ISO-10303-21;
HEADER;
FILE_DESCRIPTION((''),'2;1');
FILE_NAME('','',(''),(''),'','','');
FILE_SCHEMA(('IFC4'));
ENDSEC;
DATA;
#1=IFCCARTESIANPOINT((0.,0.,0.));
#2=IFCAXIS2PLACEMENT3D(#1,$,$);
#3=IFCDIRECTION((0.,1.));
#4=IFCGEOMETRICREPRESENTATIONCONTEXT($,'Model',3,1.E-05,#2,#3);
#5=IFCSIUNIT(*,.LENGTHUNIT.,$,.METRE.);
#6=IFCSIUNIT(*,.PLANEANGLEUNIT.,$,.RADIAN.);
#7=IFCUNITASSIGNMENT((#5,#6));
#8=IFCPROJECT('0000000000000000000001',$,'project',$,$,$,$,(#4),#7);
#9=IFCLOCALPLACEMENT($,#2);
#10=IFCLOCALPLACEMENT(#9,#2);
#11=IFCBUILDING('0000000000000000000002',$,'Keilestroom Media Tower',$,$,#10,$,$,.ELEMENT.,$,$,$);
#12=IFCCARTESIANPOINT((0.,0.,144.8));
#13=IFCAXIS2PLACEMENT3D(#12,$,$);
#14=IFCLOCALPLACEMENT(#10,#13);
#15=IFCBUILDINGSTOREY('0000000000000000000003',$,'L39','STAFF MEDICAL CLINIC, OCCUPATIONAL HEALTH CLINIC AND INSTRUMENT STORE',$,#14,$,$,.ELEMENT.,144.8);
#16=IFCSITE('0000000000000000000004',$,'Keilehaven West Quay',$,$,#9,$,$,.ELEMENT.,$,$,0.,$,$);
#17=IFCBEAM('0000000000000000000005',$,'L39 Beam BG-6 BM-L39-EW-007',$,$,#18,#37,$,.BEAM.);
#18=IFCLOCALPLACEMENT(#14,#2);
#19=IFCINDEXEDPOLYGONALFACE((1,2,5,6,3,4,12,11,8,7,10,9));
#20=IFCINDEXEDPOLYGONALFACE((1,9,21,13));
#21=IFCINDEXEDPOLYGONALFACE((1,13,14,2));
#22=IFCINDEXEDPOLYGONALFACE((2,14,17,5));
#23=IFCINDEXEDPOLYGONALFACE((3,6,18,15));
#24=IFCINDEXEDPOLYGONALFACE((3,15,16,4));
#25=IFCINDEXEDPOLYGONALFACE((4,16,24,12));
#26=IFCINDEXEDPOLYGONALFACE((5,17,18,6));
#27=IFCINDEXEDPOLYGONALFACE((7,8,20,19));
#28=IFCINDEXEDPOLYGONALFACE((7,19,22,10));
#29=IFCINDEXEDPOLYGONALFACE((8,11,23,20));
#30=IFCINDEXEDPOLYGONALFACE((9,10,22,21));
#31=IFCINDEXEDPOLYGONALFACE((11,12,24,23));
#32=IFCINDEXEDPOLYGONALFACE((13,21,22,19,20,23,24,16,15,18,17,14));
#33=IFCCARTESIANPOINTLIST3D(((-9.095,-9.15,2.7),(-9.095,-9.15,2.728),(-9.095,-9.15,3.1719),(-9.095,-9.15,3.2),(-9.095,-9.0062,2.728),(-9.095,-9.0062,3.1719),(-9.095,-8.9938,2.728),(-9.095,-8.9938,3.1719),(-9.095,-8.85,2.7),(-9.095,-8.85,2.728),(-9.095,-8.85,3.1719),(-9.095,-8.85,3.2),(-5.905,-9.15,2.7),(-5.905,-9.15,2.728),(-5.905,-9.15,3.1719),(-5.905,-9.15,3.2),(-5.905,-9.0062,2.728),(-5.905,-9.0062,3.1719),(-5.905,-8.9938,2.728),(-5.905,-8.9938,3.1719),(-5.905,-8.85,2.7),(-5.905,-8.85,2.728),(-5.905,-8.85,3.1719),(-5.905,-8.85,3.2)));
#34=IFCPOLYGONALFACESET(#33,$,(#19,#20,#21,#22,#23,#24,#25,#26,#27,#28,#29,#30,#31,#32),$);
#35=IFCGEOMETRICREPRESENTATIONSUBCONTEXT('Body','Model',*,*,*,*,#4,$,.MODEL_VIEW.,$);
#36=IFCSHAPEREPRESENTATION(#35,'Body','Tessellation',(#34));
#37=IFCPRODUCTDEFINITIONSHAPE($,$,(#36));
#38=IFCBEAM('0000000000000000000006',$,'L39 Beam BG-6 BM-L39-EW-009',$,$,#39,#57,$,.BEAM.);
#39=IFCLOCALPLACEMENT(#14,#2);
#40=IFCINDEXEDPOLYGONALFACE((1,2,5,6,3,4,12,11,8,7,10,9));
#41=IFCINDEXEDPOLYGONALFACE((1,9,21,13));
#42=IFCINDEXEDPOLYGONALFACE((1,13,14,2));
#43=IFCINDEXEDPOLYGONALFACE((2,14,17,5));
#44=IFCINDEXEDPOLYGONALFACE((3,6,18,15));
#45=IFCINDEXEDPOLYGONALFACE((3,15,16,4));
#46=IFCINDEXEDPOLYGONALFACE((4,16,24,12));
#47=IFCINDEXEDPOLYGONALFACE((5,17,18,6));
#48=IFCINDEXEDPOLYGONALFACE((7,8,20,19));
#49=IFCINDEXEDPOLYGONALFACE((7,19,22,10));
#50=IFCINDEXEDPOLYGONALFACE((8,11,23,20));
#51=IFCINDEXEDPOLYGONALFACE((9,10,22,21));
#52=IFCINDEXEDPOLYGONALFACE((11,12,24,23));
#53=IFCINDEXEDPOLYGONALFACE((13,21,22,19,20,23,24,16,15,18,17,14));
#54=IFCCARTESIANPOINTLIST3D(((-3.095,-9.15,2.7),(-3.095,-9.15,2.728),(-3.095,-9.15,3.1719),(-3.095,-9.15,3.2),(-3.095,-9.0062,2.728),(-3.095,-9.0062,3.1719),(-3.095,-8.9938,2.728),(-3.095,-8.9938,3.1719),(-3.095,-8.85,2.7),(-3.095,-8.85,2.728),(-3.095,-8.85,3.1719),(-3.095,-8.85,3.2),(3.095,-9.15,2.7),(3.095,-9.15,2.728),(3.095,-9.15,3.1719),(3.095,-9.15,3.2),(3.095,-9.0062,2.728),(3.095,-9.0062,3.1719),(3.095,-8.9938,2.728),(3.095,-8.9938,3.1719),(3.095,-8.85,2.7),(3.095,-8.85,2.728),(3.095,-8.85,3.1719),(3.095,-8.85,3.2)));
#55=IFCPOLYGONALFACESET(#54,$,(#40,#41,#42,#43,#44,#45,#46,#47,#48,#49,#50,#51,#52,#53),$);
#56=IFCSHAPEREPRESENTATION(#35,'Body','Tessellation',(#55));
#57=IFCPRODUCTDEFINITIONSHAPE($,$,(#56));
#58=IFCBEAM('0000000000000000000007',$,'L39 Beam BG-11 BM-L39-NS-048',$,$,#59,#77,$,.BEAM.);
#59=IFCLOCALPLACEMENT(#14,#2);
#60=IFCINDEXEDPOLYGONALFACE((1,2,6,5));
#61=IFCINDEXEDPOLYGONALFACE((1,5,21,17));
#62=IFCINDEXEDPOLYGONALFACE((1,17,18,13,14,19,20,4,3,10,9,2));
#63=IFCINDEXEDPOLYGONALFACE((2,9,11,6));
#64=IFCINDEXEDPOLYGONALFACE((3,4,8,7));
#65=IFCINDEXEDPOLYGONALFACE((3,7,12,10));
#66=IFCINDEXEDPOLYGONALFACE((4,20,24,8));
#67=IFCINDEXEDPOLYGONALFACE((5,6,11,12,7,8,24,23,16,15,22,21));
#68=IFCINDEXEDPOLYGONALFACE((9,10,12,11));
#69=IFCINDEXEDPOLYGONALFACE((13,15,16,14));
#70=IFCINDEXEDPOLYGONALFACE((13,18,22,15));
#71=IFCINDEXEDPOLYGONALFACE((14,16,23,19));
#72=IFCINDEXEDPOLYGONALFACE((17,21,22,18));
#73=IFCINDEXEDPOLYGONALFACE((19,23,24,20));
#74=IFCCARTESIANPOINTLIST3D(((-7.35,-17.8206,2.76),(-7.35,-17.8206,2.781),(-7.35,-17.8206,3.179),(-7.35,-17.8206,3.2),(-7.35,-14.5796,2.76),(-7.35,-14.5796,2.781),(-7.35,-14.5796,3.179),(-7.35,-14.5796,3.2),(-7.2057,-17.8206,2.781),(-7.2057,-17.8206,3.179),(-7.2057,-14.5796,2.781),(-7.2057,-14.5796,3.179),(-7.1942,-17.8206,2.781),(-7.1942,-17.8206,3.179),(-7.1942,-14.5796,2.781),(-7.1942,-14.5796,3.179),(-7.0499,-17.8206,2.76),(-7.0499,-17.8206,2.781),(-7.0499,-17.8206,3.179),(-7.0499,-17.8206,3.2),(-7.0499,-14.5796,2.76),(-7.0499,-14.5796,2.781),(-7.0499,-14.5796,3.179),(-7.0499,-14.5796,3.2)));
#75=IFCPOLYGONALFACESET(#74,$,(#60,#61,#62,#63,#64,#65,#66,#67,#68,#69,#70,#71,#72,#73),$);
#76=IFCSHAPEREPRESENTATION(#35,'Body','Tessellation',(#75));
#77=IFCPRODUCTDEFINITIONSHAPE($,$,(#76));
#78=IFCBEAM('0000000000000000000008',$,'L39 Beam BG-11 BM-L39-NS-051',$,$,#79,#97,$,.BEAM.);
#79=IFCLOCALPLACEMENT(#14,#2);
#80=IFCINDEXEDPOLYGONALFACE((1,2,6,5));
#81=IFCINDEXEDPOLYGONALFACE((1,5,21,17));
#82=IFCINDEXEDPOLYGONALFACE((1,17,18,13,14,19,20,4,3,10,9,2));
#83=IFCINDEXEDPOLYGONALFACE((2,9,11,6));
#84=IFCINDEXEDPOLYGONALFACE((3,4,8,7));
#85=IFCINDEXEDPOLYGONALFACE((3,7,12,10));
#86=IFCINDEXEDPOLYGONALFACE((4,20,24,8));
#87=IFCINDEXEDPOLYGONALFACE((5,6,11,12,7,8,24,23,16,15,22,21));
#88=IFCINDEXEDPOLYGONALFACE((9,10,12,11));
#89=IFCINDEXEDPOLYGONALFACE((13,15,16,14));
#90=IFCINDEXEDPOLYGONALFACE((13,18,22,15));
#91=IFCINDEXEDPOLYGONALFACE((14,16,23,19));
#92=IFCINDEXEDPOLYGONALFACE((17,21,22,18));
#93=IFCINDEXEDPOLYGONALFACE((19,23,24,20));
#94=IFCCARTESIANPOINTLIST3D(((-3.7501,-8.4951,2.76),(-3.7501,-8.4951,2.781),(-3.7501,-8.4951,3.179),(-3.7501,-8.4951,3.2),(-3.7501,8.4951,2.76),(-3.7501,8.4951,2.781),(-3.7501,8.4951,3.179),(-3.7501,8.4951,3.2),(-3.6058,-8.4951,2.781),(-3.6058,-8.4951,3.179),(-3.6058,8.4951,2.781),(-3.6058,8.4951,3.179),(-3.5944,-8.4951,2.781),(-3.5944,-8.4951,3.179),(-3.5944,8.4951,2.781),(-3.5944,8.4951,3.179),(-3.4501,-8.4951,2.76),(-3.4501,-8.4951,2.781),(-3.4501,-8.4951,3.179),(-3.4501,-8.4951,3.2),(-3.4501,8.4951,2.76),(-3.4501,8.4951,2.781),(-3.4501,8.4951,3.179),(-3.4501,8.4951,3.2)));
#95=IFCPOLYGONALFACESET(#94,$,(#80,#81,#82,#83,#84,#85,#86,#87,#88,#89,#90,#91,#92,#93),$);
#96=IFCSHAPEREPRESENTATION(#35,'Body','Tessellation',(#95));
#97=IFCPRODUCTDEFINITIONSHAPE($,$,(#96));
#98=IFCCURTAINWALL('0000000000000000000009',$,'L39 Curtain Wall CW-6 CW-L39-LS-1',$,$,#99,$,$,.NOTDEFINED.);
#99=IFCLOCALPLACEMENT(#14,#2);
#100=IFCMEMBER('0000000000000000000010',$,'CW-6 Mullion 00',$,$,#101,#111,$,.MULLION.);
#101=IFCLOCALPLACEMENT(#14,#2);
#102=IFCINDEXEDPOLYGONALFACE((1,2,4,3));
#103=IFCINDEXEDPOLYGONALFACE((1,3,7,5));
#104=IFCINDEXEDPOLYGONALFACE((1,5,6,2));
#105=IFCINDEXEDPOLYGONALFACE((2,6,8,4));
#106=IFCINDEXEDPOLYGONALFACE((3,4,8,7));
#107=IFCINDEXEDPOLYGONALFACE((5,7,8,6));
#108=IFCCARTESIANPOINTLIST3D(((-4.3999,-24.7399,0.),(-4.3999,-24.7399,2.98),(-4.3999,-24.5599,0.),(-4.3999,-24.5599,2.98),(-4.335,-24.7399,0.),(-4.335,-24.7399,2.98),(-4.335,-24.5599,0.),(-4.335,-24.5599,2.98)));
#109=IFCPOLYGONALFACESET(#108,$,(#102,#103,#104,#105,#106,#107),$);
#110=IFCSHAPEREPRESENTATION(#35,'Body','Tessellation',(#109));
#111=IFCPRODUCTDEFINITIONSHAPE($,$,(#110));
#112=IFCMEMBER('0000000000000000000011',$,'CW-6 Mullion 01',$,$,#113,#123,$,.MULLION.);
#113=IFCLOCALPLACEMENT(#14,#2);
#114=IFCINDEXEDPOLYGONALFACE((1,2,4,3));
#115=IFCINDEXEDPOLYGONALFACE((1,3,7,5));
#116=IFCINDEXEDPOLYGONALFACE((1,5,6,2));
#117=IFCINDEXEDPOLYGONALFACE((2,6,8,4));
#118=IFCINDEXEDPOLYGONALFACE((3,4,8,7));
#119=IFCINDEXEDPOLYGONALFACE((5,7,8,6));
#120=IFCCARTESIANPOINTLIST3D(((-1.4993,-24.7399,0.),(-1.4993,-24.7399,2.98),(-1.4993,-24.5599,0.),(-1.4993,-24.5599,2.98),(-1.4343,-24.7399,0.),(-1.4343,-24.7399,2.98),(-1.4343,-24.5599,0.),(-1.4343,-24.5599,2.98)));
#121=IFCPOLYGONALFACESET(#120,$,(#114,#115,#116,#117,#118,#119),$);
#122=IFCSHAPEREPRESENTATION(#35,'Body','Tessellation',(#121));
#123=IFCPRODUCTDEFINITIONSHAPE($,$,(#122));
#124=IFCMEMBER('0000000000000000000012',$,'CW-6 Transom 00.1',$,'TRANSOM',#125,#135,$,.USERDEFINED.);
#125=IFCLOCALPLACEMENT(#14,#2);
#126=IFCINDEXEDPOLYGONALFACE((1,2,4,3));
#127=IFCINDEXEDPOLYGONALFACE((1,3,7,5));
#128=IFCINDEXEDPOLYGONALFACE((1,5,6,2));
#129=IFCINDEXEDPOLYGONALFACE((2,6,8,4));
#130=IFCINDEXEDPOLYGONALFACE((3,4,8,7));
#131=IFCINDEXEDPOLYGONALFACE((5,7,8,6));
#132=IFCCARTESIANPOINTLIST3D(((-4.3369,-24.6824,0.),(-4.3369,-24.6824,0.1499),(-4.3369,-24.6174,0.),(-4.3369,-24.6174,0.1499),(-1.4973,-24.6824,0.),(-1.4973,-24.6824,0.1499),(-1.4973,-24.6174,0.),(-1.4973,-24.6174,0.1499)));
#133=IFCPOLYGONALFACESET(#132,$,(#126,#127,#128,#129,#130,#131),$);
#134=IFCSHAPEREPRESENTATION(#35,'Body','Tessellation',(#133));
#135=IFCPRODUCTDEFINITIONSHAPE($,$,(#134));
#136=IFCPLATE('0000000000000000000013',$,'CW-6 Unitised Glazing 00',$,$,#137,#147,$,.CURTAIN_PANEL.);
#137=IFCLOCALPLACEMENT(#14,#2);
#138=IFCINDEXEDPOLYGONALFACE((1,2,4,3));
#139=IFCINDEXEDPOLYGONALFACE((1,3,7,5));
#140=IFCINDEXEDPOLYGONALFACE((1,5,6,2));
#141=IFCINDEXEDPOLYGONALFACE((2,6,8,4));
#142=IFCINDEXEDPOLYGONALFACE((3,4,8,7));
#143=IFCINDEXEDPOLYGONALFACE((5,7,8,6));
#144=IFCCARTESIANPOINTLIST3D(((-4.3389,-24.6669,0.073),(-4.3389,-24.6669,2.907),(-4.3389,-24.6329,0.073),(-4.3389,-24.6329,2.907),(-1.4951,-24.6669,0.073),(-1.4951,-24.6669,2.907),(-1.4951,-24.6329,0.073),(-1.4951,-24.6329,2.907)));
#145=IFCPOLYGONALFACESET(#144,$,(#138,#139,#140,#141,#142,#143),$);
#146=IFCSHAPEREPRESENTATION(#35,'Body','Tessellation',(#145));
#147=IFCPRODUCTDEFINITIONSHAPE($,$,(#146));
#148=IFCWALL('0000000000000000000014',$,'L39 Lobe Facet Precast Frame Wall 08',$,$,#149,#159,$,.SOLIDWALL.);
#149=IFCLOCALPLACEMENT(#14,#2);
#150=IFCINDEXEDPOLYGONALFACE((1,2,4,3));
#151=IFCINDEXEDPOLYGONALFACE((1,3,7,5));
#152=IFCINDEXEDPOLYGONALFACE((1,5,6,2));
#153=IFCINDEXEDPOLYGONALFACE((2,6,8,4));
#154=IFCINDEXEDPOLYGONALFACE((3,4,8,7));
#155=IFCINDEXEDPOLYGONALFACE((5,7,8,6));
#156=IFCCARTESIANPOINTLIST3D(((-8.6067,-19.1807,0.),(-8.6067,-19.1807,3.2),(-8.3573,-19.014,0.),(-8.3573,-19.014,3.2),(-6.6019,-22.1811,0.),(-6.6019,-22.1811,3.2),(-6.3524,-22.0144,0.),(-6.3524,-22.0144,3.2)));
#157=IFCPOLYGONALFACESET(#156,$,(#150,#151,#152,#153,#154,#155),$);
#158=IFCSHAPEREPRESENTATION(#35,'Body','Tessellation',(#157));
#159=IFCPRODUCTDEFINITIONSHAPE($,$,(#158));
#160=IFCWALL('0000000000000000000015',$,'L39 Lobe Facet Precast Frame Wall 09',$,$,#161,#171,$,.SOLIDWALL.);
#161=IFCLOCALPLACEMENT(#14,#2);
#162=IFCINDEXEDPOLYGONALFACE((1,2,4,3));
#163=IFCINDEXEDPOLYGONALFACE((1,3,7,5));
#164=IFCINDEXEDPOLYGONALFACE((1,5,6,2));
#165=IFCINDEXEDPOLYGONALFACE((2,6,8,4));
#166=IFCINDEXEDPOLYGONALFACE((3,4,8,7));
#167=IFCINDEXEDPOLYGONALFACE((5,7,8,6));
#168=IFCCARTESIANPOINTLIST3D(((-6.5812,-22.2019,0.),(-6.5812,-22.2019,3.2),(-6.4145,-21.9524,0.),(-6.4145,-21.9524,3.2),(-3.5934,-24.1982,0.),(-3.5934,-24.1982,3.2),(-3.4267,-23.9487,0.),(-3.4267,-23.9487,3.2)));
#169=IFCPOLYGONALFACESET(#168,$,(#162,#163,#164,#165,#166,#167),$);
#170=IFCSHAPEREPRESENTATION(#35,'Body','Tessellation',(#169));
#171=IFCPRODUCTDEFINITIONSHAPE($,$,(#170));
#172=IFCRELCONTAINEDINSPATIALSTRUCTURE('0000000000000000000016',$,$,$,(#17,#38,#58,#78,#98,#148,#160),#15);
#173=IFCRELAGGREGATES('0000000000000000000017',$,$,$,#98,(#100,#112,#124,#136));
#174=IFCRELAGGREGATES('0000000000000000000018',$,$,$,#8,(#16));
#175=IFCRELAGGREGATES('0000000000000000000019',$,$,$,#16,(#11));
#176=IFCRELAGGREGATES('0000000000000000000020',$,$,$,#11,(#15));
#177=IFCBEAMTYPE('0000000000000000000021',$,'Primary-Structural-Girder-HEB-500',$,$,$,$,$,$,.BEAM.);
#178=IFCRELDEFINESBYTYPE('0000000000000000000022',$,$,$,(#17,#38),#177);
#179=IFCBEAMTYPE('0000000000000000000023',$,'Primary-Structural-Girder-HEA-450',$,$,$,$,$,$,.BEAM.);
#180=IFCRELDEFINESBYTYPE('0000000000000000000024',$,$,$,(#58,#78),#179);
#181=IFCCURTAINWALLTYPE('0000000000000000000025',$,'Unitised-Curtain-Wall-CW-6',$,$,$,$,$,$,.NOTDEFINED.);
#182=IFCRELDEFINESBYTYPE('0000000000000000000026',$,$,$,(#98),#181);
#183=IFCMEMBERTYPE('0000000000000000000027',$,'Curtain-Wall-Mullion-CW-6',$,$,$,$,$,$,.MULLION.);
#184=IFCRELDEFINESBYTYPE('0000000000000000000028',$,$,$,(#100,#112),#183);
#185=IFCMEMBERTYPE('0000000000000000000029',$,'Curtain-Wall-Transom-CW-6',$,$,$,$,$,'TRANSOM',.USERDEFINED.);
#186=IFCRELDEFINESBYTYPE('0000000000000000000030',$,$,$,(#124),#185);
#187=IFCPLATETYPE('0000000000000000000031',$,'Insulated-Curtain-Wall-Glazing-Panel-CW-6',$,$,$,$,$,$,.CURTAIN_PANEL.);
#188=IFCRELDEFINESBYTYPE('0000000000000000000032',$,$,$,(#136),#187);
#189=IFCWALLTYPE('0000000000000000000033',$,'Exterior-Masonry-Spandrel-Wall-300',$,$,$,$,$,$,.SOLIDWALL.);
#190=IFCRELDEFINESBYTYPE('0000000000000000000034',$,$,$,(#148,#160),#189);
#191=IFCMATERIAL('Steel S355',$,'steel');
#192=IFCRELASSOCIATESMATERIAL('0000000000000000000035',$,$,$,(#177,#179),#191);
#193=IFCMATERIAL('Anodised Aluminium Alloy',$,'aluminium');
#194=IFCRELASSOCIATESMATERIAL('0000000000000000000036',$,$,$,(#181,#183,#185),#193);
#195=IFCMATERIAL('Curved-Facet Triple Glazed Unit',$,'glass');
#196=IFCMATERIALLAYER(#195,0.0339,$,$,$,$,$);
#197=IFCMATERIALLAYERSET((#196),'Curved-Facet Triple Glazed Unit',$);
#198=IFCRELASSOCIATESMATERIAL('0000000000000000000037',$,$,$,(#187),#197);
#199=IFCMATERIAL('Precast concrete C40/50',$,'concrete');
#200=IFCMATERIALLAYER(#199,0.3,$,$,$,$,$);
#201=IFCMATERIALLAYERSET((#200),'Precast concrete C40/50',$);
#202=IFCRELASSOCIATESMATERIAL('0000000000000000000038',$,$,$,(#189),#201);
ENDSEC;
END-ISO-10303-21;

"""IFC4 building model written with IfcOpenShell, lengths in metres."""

from ifc_helpers import new_model, si_unit, direction, frame, frame_2d, origin, origin_2d, place, context, subcontext, project, spatial, rectangle, i_section, extrude, source, transform, mapped, material, layer, layer_set, material_profile, profile_set, type_object, element, aggregate, save


model = new_model("IFC4")

# Units and contexts
model_context = context("Model", 3, precision=1e-05, world=origin(), true_north=direction((0.0, 1.0)))
body_context = subcontext(model_context, "Body", "Model", "MODEL_VIEW")
ifc_project = project(units=[si_unit("LENGTHUNIT", "METRE"), si_unit("PLANEANGLEUNIT", "RADIAN")], contexts=[model_context])

# Site, building, storey
site_placement = place(None, origin())
site = spatial("IfcSite", under=ifc_project, at=site_placement, Name="Keilehaven West Quay", CompositionType="ELEMENT", RefElevation=0.0)
building_placement = place(site_placement, origin())
building = spatial("IfcBuilding", under=site, at=building_placement, Name="Keilestroom Media Tower", CompositionType="ELEMENT")
storey_placement = place(building_placement, frame((0.0, 0.0, 144.8)))
storey = spatial("IfcBuildingStorey", under=building, at=storey_placement, Name="L39", Description="STAFF MEDICAL CLINIC, OCCUPATIONAL HEALTH CLINIC AND INSTRUMENT STORE", CompositionType="ELEMENT", Elevation=144.8)

# Shared definitions
ifc_material_1 = material(Name="Steel S355", Category="steel")

# Beams
ifc_material_profile_1 = material_profile(ifc_material_1, i_section(OverallWidth=0.3, OverallDepth=0.5, WebThickness=0.0125, FlangeThickness=0.0281, at=origin_2d()), Name="HEB 500")
ifc_profile_set_1 = profile_set([ifc_material_profile_1], Name="Steel S355")
beam_type_1 = type_object("IfcBeamType", Name="Primary-Structural-Girder-HEB-500", PredefinedType="BEAM", material=ifc_profile_set_1)
shared_shape_1 = source(origin(), body_context, "Body", "SweptSolid", [
    extrude(i_section(OverallWidth=0.3, OverallDepth=0.5, WebThickness=0.0125, FlangeThickness=0.0281, at=origin_2d()), origin(), (0.0, 0.0, 1.0), 3.1899),
])
beam_1_placement = place(storey_placement, frame((-9.095, -9.0, 2.95), z_axis=(1.0, 0.0, 0.0), x_axis=(0.0, 1.0, 0.0)))
element("IfcBeam", 1, at=beam_1_placement, inside=storey, type_object=beam_type_1, Name="L39 Beam BG-6 BM-L39-EW-007", PredefinedType="BEAM", context=body_context, shape_type="MappedRepresentation", body=[
    mapped(shared_shape_1, transform((0.0, 0.0, 0.0), x_axis=(1.0, 0.0, 0.0), y_axis=(0.0, 1.0, 0.0), z_axis=(0.0, 0.0, 1.0), scale=1.0)),
])
shared_shape_2 = source(origin(), body_context, "Body", "SweptSolid", [
    extrude(i_section(OverallWidth=0.3, OverallDepth=0.5, WebThickness=0.0125, FlangeThickness=0.0281, at=origin_2d()), origin(), (0.0, 0.0, 1.0), 6.1899),
])
beam_2_placement = place(storey_placement, frame((-3.095, -9.0, 2.95), z_axis=(1.0, 0.0, 0.0), x_axis=(0.0, 1.0, 0.0)))
element("IfcBeam", 2, at=beam_2_placement, inside=storey, type_object=beam_type_1, Name="L39 Beam BG-6 BM-L39-EW-009", PredefinedType="BEAM", context=body_context, shape_type="MappedRepresentation", body=[
    mapped(shared_shape_2, transform((0.0, 0.0, 0.0), x_axis=(1.0, 0.0, 0.0), y_axis=(0.0, 1.0, 0.0), z_axis=(0.0, 0.0, 1.0), scale=1.0)),
])
ifc_material_profile_2 = material_profile(ifc_material_1, i_section(OverallWidth=0.3, OverallDepth=0.4399, WebThickness=0.0115, FlangeThickness=0.021, at=origin_2d()), Name="HEA 450")
ifc_profile_set_2 = profile_set([ifc_material_profile_2], Name="Steel S355")
beam_type_2 = type_object("IfcBeamType", Name="Primary-Structural-Girder-HEA-450", PredefinedType="BEAM", material=ifc_profile_set_2)
shared_shape_3 = source(origin(), body_context, "Body", "SweptSolid", [
    extrude(i_section(OverallWidth=0.3, OverallDepth=0.4399, WebThickness=0.0115, FlangeThickness=0.021, at=origin_2d()), origin(), (0.0, 0.0, 1.0), 3.241),
])
beam_3_placement = place(storey_placement, frame((-7.2, -17.8206, 2.98), z_axis=(0.0, 1.0, 0.0), x_axis=(-1.0, 0.0, 0.0)))
element("IfcBeam", 3, at=beam_3_placement, inside=storey, type_object=beam_type_2, Name="L39 Beam BG-11 BM-L39-NS-048", PredefinedType="BEAM", context=body_context, shape_type="MappedRepresentation", body=[
    mapped(shared_shape_3, transform((0.0, 0.0, 0.0), x_axis=(1.0, 0.0, 0.0), y_axis=(0.0, 1.0, 0.0), z_axis=(0.0, 0.0, 1.0), scale=1.0)),
])
shared_shape_4 = source(origin(), body_context, "Body", "SweptSolid", [
    extrude(i_section(OverallWidth=0.3, OverallDepth=0.4399, WebThickness=0.0115, FlangeThickness=0.021, at=origin_2d()), origin(), (0.0, 0.0, 1.0), 16.9902),
])
beam_4_placement = place(storey_placement, frame((-3.6001, -8.4951, 2.98), z_axis=(0.0, 1.0, 0.0), x_axis=(-1.0, 0.0, 0.0)))
element("IfcBeam", 4, at=beam_4_placement, inside=storey, type_object=beam_type_2, Name="L39 Beam BG-11 BM-L39-NS-051", PredefinedType="BEAM", context=body_context, shape_type="MappedRepresentation", body=[
    mapped(shared_shape_4, transform((0.0, 0.0, 0.0), x_axis=(1.0, 0.0, 0.0), y_axis=(0.0, 1.0, 0.0), z_axis=(0.0, 0.0, 1.0), scale=1.0)),
])

# Curtain wall, members, plate
ifc_material_2 = material(Name="Anodised Aluminium Alloy", Category="aluminium")
curtain_wall_type = type_object("IfcCurtainWallType", Name="Unitised-Curtain-Wall-CW-6", PredefinedType="NOTDEFINED", material=ifc_material_2)
curtain_wall_placement = place(storey_placement, origin())
curtain_wall = element("IfcCurtainWall", 5, at=curtain_wall_placement, inside=storey, type_object=curtain_wall_type, Name="L39 Curtain Wall CW-6 CW-L39-LS-1", PredefinedType="NOTDEFINED")
ifc_material_profile_3 = material_profile(ifc_material_2, rectangle(XDim=0.0649, YDim=0.1799, at=origin_2d()), Name="ALU MULLION 65x180")
ifc_profile_set_3 = profile_set([ifc_material_profile_3], Name="Anodised Aluminium Alloy")
member_type_1 = type_object("IfcMemberType", Name="Curtain-Wall-Mullion-CW-6", PredefinedType="MULLION", material=ifc_profile_set_3)
shared_shape_5 = source(origin(), body_context, "Body", "SweptSolid", [
    extrude(rectangle(XDim=0.0649, YDim=0.1799, at=origin_2d()), origin(), (0.0, 0.0, 1.0), 2.98),
])
member_1_placement = place(storey_placement, frame((-4.3674, -24.6499, 0.0), z_axis=(0.0, 0.0, 1.0), x_axis=(1.0, 0.0, 0.0)))
member_1 = element("IfcMember", 6, at=member_1_placement, type_object=member_type_1, Name="CW-6 Mullion 00", PredefinedType="MULLION", context=body_context, shape_type="MappedRepresentation", body=[
    mapped(shared_shape_5, transform((0.0, 0.0, 0.0), x_axis=(1.0, 0.0, 0.0), y_axis=(0.0, 1.0, 0.0), z_axis=(0.0, 0.0, 1.0), scale=1.0)),
])
member_2_placement = place(storey_placement, frame((-1.4668, -24.6499, 0.0), z_axis=(0.0, 0.0, 1.0), x_axis=(1.0, 0.0, 0.0)))
member_2 = element("IfcMember", 7, at=member_2_placement, type_object=member_type_1, Name="CW-6 Mullion 01", PredefinedType="MULLION", context=body_context, shape_type="MappedRepresentation", body=[
    mapped(shared_shape_5, transform((0.0, 0.0, 0.0), x_axis=(1.0, 0.0, 0.0), y_axis=(0.0, 1.0, 0.0), z_axis=(0.0, 0.0, 1.0), scale=1.0)),
])
ifc_material_profile_4 = material_profile(ifc_material_2, rectangle(XDim=0.0649, YDim=0.1499, at=origin_2d()), Name="ALU TRANSOM 65x150")
ifc_profile_set_4 = profile_set([ifc_material_profile_4], Name="Anodised Aluminium Alloy")
member_type_2 = type_object("IfcMemberType", Name="Curtain-Wall-Transom-CW-6", ElementType="TRANSOM", PredefinedType="USERDEFINED", material=ifc_profile_set_4)
shared_shape_6 = source(origin(), body_context, "Body", "SweptSolid", [
    extrude(rectangle(XDim=0.0649, YDim=0.1499, at=origin_2d()), origin(), (0.0, 0.0, 1.0), 2.8396),
])
member_3_placement = place(storey_placement, frame((-4.3369, -24.6499, 0.075), z_axis=(1.0, 0.0, 0.0), x_axis=(0.0, 1.0, 0.0)))
member_3 = element("IfcMember", 8, at=member_3_placement, type_object=member_type_2, Name="CW-6 Transom 00.1", ObjectType="TRANSOM", PredefinedType="USERDEFINED", context=body_context, shape_type="MappedRepresentation", body=[
    mapped(shared_shape_6, transform((0.0, 0.0, 0.0), x_axis=(1.0, 0.0, 0.0), y_axis=(0.0, 1.0, 0.0), z_axis=(0.0, 0.0, 1.0), scale=1.0)),
])
ifc_material_3 = material(Name="Curved-Facet Triple Glazed Unit", Category="glass")
ifc_layer_1 = layer(ifc_material_3, 0.0339)
ifc_layer_set_1 = layer_set([ifc_layer_1], Name="Curved-Facet Triple Glazed Unit")
plate_type = type_object("IfcPlateType", Name="Insulated-Curtain-Wall-Glazing-Panel-CW-6", PredefinedType="CURTAIN_PANEL", material=ifc_layer_set_1)
shared_shape_7 = source(origin(), body_context, "Body", "SweptSolid", [
    extrude(rectangle(XDim=2.8438, YDim=0.0339, at=origin_2d()), origin(), (0.0, 0.0, 1.0), 2.834),
])
plate_placement = place(storey_placement, frame((-2.917, -24.6499, 0.073), z_axis=(0.0, 0.0, 1.0), x_axis=(1.0, 0.0, 0.0)))
plate = element("IfcPlate", 9, at=plate_placement, type_object=plate_type, Name="CW-6 Unitised Glazing 00", PredefinedType="CURTAIN_PANEL", context=body_context, shape_type="MappedRepresentation", body=[
    mapped(shared_shape_7, transform((0.0, 0.0, 0.0), x_axis=(1.0, 0.0, 0.0), y_axis=(0.0, 1.0, 0.0), z_axis=(0.0, 0.0, 1.0), scale=1.0)),
])
aggregate(curtain_wall, [member_1, member_2, member_3, plate])

# Walls
ifc_material_4 = material(Name="Precast concrete C40/50", Category="concrete")
ifc_layer_2 = layer(ifc_material_4, 0.3)
ifc_layer_set_2 = layer_set([ifc_layer_2], Name="Precast concrete C40/50")
wall_type_1 = type_object("IfcWallType", Name="Exterior-Masonry-Spandrel-Wall-300", PredefinedType="SOLIDWALL", material=ifc_layer_set_2)
wall_1_placement = place(storey_placement, frame((-8.4819, -19.0974, 0.0), z_axis=(0.0, 0.0, 1.0), x_axis=(0.555574, -0.831467, 0.0)))
element("IfcWall", 10, at=wall_1_placement, inside=storey, type_object=wall_type_1, Name="L39 Lobe Facet Precast Frame Wall 08", PredefinedType="SOLIDWALL", context=body_context, shape_type="SweptSolid", body=[
    extrude(rectangle(XDim=3.6086, YDim=0.3, at=frame_2d((1.8042, 0.0))), origin(), (0.0, 0.0, 1.0), 3.2),
])
wall_2_placement = place(storey_placement, frame((-6.4978, -22.0771, 0.0), z_axis=(0.0, 0.0, 1.0), x_axis=(0.831475, -0.555562, 0.0)))
element("IfcWall", 11, at=wall_2_placement, inside=storey, type_object=wall_type_1, Name="L39 Lobe Facet Precast Frame Wall 09", PredefinedType="SOLIDWALL", context=body_context, shape_type="SweptSolid", body=[
    extrude(rectangle(XDim=3.5933, YDim=0.3, at=frame_2d((1.7966, 0.0))), origin(), (0.0, 0.0, 1.0), 3.2),
])

save(model, "model.ifc")
